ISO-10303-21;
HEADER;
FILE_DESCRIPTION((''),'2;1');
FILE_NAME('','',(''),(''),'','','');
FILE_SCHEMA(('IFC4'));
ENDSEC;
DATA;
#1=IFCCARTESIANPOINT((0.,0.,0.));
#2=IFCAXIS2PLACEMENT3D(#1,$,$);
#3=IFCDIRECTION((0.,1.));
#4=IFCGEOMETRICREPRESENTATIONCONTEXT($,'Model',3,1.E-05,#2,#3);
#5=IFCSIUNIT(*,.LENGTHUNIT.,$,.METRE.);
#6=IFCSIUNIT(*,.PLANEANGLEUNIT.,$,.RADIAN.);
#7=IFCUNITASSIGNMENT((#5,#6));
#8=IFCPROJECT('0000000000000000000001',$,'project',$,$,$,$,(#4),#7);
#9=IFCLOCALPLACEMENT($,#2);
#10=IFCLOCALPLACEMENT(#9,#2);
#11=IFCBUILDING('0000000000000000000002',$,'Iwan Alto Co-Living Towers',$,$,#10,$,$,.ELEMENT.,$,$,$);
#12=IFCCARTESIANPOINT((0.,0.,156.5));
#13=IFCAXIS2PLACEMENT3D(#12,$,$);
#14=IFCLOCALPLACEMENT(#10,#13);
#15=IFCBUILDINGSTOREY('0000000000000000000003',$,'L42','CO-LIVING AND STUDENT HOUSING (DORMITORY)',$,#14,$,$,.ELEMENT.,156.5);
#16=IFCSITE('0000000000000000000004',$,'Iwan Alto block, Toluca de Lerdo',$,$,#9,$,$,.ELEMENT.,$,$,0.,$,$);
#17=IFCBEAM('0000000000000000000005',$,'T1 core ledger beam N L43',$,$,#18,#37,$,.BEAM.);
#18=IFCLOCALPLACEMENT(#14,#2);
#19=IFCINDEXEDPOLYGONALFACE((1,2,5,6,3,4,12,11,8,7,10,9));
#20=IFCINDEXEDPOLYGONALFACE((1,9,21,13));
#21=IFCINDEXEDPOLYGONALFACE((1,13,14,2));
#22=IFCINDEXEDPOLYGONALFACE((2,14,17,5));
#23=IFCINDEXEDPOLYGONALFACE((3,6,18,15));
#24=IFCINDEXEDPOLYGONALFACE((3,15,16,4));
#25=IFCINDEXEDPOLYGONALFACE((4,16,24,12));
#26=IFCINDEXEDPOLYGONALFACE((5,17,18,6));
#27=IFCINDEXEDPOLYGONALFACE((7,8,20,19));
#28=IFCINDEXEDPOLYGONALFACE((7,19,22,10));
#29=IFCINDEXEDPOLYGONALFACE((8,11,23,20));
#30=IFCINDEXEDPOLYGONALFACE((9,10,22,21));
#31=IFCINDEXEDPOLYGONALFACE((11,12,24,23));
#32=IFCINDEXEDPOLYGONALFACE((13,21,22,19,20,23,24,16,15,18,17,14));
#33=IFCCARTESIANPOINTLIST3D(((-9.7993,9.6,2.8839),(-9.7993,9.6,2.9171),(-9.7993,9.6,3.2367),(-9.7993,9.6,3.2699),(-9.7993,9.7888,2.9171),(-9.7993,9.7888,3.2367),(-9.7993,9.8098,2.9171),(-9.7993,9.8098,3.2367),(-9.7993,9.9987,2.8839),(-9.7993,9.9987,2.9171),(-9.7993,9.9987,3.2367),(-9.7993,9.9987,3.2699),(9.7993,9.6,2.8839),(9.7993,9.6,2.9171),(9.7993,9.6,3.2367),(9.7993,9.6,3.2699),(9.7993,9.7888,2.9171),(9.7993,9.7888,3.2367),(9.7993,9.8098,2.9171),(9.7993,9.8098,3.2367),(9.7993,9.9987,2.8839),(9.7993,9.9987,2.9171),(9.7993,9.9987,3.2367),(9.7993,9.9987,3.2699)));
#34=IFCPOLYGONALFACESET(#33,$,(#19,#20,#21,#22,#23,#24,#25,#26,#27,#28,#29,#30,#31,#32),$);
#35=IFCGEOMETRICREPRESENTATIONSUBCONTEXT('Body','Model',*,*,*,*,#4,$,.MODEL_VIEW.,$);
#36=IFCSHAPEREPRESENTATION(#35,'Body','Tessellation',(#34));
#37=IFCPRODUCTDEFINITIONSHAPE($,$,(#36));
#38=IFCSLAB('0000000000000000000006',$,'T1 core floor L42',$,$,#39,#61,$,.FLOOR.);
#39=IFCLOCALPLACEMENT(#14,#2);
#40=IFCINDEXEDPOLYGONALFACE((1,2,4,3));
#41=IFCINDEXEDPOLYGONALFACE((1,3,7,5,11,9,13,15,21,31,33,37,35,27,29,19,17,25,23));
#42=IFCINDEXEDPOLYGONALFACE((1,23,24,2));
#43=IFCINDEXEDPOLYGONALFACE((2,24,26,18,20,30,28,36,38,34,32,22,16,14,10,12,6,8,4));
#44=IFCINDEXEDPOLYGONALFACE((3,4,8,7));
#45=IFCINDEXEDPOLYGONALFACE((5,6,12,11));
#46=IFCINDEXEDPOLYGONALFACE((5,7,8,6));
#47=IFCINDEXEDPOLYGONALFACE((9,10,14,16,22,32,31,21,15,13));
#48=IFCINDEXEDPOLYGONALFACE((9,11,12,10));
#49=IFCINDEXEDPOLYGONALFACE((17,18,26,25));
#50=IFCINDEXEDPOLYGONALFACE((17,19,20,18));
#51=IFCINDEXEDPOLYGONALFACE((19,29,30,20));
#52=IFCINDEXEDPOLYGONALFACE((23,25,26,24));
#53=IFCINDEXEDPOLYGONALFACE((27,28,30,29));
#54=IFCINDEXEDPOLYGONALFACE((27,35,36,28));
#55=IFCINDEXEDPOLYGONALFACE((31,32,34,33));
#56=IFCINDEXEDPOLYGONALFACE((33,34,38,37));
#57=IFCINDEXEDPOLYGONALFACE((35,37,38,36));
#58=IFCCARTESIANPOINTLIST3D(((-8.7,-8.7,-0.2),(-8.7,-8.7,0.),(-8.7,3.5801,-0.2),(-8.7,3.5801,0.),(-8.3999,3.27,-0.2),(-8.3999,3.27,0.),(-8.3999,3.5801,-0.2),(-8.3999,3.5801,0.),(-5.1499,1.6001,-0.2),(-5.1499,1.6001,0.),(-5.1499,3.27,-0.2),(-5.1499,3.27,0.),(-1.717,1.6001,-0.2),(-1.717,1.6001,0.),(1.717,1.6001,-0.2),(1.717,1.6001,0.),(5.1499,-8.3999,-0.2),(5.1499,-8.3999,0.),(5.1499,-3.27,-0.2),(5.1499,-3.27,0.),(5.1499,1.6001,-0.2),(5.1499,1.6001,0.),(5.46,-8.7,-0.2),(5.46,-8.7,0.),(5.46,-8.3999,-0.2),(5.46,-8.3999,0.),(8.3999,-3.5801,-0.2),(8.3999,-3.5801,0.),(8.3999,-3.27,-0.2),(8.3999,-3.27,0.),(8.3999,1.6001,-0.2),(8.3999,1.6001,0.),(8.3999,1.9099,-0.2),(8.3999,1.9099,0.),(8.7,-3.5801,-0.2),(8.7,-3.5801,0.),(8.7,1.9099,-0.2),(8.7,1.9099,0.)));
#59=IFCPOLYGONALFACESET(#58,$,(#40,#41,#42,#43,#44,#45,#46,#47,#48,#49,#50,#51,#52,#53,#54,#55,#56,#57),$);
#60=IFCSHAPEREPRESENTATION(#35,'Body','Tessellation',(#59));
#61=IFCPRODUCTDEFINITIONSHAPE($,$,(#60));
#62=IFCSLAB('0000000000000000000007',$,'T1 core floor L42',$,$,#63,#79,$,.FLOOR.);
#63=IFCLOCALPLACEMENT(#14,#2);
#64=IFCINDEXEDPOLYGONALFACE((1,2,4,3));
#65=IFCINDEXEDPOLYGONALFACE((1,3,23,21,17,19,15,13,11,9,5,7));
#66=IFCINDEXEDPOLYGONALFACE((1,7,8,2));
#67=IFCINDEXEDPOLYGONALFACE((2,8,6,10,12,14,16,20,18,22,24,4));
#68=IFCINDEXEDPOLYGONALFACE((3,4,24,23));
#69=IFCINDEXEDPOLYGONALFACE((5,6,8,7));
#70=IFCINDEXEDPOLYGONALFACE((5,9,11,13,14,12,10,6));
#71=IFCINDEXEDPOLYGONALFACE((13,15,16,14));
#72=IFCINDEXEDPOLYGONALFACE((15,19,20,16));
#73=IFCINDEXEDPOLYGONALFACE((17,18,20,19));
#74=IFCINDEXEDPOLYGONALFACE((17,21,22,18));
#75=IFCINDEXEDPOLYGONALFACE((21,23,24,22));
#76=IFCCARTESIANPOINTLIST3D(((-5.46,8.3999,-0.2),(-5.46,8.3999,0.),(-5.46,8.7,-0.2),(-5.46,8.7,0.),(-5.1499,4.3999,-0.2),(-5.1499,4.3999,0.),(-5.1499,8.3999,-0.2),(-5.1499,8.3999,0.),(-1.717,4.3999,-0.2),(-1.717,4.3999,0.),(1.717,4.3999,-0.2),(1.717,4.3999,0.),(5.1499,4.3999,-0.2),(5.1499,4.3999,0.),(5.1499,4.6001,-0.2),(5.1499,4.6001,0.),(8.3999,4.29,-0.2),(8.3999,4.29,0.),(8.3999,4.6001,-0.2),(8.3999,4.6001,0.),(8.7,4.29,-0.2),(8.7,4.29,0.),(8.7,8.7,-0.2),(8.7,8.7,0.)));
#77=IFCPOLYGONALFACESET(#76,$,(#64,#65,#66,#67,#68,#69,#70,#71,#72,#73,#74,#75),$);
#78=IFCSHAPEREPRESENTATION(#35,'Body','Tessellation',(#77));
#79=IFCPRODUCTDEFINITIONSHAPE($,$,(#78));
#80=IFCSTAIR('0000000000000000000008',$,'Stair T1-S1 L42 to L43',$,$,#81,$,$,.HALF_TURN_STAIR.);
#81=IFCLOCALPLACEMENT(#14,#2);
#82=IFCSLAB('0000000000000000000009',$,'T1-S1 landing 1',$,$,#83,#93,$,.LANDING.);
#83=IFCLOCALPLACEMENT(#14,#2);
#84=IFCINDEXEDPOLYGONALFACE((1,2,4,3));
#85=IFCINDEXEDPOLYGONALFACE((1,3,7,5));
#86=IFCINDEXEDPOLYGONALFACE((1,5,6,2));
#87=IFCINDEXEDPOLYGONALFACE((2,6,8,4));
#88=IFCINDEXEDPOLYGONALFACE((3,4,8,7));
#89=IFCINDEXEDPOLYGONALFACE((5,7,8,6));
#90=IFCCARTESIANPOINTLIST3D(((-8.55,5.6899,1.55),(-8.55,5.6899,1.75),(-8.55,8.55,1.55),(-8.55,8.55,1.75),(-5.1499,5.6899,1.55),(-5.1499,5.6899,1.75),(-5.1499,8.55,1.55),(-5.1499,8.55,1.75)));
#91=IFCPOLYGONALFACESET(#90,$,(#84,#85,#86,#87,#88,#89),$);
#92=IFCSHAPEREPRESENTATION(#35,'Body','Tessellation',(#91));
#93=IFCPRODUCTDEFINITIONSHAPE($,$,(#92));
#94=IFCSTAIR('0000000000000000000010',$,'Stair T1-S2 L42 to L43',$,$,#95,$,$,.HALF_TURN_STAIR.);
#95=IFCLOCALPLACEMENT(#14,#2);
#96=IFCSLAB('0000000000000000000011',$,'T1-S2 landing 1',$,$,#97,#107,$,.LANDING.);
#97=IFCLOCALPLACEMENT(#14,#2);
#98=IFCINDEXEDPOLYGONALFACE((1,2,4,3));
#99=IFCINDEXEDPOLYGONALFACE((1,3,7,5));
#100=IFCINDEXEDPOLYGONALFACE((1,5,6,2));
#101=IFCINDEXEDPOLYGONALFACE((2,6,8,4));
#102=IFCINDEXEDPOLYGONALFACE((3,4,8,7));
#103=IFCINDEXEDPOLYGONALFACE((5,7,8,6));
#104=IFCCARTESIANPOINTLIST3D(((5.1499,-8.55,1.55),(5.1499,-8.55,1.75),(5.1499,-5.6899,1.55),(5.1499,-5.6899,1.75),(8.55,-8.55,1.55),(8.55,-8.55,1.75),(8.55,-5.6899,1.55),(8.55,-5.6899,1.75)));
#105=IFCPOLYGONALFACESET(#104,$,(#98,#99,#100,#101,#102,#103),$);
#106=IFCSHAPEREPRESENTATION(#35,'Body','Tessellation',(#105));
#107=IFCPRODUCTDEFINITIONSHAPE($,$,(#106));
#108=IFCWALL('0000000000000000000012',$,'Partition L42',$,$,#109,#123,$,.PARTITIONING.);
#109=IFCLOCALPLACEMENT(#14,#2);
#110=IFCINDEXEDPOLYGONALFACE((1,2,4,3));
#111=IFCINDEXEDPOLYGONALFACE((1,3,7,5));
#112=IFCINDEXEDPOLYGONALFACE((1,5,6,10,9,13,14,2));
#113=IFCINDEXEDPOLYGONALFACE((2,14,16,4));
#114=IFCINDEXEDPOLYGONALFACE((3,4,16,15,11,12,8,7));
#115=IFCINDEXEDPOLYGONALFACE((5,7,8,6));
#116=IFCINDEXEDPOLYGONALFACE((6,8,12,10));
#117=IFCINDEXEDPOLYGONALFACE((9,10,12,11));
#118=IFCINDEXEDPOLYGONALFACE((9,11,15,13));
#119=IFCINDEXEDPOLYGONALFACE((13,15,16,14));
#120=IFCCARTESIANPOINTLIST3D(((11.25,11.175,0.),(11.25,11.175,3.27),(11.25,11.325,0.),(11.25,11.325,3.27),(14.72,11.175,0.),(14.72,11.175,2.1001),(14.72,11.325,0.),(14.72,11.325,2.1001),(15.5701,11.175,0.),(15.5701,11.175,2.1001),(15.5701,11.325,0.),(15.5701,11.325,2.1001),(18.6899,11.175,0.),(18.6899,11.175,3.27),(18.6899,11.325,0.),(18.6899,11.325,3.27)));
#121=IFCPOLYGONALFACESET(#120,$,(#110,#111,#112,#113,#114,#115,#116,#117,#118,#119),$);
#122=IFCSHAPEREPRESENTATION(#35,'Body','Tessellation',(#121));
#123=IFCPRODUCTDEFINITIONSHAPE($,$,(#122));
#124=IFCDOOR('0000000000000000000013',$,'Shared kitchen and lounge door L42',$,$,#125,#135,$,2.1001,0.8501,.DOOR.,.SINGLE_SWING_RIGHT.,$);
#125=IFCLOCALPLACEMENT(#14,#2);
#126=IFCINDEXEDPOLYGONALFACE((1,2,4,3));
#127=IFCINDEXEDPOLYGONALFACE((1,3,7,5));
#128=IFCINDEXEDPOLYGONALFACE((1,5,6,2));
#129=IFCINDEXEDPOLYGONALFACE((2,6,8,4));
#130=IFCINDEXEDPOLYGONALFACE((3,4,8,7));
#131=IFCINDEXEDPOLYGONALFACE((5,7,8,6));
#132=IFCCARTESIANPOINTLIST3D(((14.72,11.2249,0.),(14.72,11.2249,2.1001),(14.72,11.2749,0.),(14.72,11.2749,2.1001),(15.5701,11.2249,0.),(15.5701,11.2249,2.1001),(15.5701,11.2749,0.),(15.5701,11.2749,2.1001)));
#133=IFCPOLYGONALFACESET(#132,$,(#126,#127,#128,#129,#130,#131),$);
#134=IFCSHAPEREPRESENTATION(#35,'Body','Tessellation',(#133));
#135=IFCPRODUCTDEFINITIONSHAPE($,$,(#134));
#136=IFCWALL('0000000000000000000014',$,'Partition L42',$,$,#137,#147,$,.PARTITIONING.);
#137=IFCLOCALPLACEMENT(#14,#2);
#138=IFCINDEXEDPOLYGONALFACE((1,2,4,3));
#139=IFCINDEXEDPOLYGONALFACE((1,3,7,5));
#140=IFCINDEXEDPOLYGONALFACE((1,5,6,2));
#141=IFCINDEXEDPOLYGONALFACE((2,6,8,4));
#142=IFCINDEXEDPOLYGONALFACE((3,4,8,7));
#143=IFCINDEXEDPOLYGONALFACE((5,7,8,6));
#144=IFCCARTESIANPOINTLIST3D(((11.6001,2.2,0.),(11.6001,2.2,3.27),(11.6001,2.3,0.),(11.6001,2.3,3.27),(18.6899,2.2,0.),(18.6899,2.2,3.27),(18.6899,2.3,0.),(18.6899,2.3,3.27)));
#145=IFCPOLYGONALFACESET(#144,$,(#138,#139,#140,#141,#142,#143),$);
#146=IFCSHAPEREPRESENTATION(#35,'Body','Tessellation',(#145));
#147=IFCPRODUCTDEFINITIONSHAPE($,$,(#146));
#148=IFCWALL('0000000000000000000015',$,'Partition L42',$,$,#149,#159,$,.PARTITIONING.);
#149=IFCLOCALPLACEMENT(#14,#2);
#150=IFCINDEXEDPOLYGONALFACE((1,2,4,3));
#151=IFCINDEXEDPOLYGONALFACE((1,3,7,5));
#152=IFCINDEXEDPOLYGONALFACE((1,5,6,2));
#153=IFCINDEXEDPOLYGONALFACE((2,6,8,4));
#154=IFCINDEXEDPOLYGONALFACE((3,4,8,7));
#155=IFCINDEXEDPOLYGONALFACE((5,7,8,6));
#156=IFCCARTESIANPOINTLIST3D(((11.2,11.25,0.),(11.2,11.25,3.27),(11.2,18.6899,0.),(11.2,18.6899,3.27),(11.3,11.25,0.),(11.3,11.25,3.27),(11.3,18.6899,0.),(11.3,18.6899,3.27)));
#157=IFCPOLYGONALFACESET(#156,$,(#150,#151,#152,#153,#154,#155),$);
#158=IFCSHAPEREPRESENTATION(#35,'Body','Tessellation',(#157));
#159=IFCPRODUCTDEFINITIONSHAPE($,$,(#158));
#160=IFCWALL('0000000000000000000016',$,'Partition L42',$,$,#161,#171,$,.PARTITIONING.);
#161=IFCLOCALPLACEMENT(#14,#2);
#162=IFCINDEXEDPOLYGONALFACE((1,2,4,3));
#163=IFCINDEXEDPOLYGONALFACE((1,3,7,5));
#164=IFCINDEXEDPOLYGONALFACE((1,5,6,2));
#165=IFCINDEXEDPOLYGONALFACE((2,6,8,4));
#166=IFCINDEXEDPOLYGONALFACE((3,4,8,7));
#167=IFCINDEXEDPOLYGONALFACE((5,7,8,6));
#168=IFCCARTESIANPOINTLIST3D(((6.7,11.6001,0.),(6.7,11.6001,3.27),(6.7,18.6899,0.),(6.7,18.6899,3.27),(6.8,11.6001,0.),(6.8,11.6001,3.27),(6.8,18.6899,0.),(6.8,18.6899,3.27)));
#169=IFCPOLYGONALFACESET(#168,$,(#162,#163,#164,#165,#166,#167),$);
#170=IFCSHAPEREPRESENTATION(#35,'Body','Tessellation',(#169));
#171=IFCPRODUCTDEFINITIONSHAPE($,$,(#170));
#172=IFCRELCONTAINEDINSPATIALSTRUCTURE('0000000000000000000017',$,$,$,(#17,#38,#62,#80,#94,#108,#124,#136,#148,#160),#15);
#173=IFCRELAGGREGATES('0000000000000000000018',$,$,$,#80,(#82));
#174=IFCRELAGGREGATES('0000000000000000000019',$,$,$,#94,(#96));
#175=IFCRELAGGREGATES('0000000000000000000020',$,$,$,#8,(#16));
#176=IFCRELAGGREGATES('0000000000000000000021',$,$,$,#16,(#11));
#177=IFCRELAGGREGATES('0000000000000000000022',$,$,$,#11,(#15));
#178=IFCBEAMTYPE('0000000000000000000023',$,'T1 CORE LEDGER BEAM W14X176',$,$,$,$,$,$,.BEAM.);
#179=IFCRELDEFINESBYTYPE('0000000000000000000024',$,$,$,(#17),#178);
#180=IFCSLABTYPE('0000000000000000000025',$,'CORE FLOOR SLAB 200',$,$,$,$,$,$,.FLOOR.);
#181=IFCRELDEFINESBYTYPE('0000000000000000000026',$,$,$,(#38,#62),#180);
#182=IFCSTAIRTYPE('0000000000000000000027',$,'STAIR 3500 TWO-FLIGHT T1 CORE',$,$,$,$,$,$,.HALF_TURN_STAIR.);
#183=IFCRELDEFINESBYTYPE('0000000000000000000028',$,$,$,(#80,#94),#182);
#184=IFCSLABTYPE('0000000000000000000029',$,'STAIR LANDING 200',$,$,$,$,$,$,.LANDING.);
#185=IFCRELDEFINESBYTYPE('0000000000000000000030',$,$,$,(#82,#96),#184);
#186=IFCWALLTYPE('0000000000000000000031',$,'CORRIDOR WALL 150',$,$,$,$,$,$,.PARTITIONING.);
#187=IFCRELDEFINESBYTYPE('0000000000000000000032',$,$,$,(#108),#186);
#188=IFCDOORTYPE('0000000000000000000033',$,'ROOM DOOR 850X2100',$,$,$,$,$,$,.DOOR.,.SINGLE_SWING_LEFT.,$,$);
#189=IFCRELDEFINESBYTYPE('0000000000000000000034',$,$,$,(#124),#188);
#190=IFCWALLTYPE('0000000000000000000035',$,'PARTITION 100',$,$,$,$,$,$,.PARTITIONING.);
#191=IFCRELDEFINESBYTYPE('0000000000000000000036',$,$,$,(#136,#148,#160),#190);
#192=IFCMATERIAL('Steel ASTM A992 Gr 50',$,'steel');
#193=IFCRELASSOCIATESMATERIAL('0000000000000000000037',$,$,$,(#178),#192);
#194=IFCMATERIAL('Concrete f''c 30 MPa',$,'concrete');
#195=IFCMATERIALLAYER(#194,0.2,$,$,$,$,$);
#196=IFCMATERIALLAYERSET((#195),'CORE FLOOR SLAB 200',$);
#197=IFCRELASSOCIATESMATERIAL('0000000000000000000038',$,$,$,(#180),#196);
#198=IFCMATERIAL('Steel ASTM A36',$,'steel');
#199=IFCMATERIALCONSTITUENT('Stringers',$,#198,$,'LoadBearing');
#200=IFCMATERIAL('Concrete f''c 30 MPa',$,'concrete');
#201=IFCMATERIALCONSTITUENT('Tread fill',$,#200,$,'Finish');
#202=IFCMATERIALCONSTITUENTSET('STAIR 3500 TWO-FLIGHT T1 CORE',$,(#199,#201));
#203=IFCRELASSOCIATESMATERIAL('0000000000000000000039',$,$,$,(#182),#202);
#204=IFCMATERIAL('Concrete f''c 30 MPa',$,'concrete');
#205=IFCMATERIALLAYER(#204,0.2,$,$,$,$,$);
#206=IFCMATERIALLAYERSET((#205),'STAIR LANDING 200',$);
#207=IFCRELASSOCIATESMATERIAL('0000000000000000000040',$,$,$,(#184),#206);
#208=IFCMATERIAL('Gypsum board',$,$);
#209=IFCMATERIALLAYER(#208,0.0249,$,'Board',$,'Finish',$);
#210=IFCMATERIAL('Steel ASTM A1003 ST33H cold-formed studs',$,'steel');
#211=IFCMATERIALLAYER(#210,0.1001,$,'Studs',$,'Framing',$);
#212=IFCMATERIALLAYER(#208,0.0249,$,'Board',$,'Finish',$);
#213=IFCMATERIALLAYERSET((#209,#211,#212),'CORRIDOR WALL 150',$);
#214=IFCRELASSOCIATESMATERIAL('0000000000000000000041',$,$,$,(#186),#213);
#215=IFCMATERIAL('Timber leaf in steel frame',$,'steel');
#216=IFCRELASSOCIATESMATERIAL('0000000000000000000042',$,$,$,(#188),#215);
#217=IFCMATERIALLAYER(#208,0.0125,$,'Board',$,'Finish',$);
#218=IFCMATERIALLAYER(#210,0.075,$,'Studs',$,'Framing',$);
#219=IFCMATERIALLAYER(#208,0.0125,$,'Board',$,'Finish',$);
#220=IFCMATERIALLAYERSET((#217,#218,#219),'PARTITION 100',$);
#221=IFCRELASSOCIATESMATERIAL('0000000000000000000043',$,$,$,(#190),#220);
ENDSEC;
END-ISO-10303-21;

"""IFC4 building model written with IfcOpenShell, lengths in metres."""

from ifc_helpers import new_model, si_unit, direction, frame, frame_2d, origin, origin_2d, place, context, subcontext, project, spatial, polyline, rectangle, i_section, outline, extrude, material, layer, layer_set, constituent, constituent_set, material_profile, profile_set, type_object, element, fill, aggregate, save


model = new_model("IFC4")

# Units and contexts
model_context = context("Model", 3, precision=1e-05, world=origin(), true_north=direction((0.0, 1.0)))
body_context = subcontext(model_context, "Body", "Model", "MODEL_VIEW")
ifc_project = project(units=[si_unit("LENGTHUNIT", "METRE"), si_unit("PLANEANGLEUNIT", "RADIAN")], contexts=[model_context])

# Site, building, storey
site_placement = place(None, origin())
site = spatial("IfcSite", under=ifc_project, at=site_placement, Name="Iwan Alto block, Toluca de Lerdo", CompositionType="ELEMENT", RefElevation=0.0)
building_placement = place(site_placement, origin())
building = spatial("IfcBuilding", under=site, at=building_placement, Name="Iwan Alto Co-Living Towers", CompositionType="ELEMENT")
storey_placement = place(building_placement, frame((0.0, 0.0, 156.5)))
storey = spatial("IfcBuildingStorey", under=building, at=storey_placement, Name="L42", Description="CO-LIVING AND STUDENT HOUSING (DORMITORY)", CompositionType="ELEMENT", Elevation=156.5)

# Beam
ifc_material_1 = material(Name="Steel ASTM A992 Gr 50", Category="steel")
ifc_material_profile = material_profile(ifc_material_1, i_section(OverallWidth=0.3987, OverallDepth=0.386, WebThickness=0.021, FlangeThickness=0.0332, at=origin_2d()), Name="W14X176")
ifc_profile_set = profile_set([ifc_material_profile], Name="Steel ASTM A992 Gr 50")
beam_type = type_object("IfcBeamType", Name="T1 CORE LEDGER BEAM W14X176", PredefinedType="BEAM", material=ifc_profile_set)
beam_placement = place(storey_placement, frame((9.7993, 9.7993, 3.0769), z_axis=(-1.0, 0.0, 0.0), x_axis=(0.0, -1.0, 0.0)))
element("IfcBeam", 1, at=beam_placement, inside=storey, type_object=beam_type, Name="T1 core ledger beam N L43", PredefinedType="BEAM", context=body_context, shape_type="SweptSolid", body=[
    extrude(i_section(OverallWidth=0.3987, OverallDepth=0.386, WebThickness=0.021, FlangeThickness=0.0332, at=origin_2d()), origin(), (0.0, 0.0, 1.0), 19.5986),
])

# Slabs
ifc_material_2 = material(Name="Concrete f'c 30 MPa", Category="concrete")
ifc_layer_1 = layer(ifc_material_2, 0.2)
ifc_layer_set_1 = layer_set([ifc_layer_1], Name="CORE FLOOR SLAB 200")
slab_type_1 = type_object("IfcSlabType", Name="CORE FLOOR SLAB 200", PredefinedType="FLOOR", material=ifc_layer_set_1)
slab_1_placement = place(storey_placement, frame((0.0, 0.0, -0.2)))
element("IfcSlab", 2, at=slab_1_placement, inside=storey, type_object=slab_type_1, Name="T1 core floor L42", PredefinedType="FLOOR", context=body_context, shape_type="SweptSolid", body=[
    extrude(outline(polyline([(5.1499, -8.3999), (5.46, -8.3999), (5.46, -8.7), (-8.7, -8.7), (-8.7, 3.5801), (-8.3999, 3.5801), (-8.3999, 3.27), (-5.1499, 3.27), (-5.1499, 1.6001), (-1.717, 1.6001), (1.717, 1.6001), (5.1499, 1.6001), (8.3999, 1.6001), (8.3999, 1.9099), (8.7, 1.9099), (8.7, -3.5801), (8.3999, -3.5801), (8.3999, -3.27), (5.1499, -3.27), (5.1499, -8.3999)])), origin(), (0.0, 0.0, 1.0), 0.2),
])
slab_2_placement = place(storey_placement, frame((0.0, 0.0, -0.2)))
element("IfcSlab", 3, at=slab_2_placement, inside=storey, type_object=slab_type_1, Name="T1 core floor L42", PredefinedType="FLOOR", context=body_context, shape_type="SweptSolid", body=[
    extrude(outline(polyline([(1.717, 4.3999), (-1.717, 4.3999), (-5.1499, 4.3999), (-5.1499, 8.3999), (-5.46, 8.3999), (-5.46, 8.7), (8.7, 8.7), (8.7, 4.29), (8.3999, 4.29), (8.3999, 4.6001), (5.1499, 4.6001), (5.1499, 4.3999), (1.717, 4.3999)])), origin(), (0.0, 0.0, 1.0), 0.2),
])

# Stairs, slabs
ifc_material_3 = material(Name="Steel ASTM A36", Category="steel")
ifc_constituent_1 = constituent(ifc_material_3, Name="Stringers", Category="LoadBearing")
ifc_material_4 = material(Name="Concrete f'c 30 MPa", Category="concrete")
ifc_constituent_2 = constituent(ifc_material_4, Name="Tread fill", Category="Finish")
ifc_constituent_set = constituent_set(constituents=[ifc_constituent_1, ifc_constituent_2], Name="STAIR 3500 TWO-FLIGHT T1 CORE")
stair_type = type_object("IfcStairType", Name="STAIR 3500 TWO-FLIGHT T1 CORE", PredefinedType="HALF_TURN_STAIR", material=ifc_constituent_set)
stair_1_placement = place(storey_placement, origin())
stair_1 = element("IfcStair", 4, at=stair_1_placement, inside=storey, type_object=stair_type, Name="Stair T1-S1 L42 to L43", PredefinedType="HALF_TURN_STAIR")
ifc_material_5 = material(Name="Concrete f'c 30 MPa", Category="concrete")
ifc_layer_2 = layer(ifc_material_5, 0.2)
ifc_layer_set_2 = layer_set([ifc_layer_2], Name="STAIR LANDING 200")
slab_type_2 = type_object("IfcSlabType", Name="STAIR LANDING 200", PredefinedType="LANDING", material=ifc_layer_set_2)
slab_3_placement = place(storey_placement, frame((0.0, 0.0, 1.55)))
slab_3 = element("IfcSlab", 5, at=slab_3_placement, type_object=slab_type_2, Name="T1-S1 landing 1", PredefinedType="LANDING", context=body_context, shape_type="SweptSolid", body=[
    extrude(outline(polyline([(-8.55, 5.6899), (-8.55, 8.55), (-5.1499, 8.55), (-5.1499, 5.6899), (-8.55, 5.6899)])), origin(), (0.0, 0.0, 1.0), 0.2),
])
aggregate(stair_1, [slab_3])
stair_2_placement = place(storey_placement, origin())
stair_2 = element("IfcStair", 6, at=stair_2_placement, inside=storey, type_object=stair_type, Name="Stair T1-S2 L42 to L43", PredefinedType="HALF_TURN_STAIR")
slab_4_placement = place(storey_placement, frame((0.0, 0.0, 1.55)))
slab_4 = element("IfcSlab", 7, at=slab_4_placement, type_object=slab_type_2, Name="T1-S2 landing 1", PredefinedType="LANDING", context=body_context, shape_type="SweptSolid", body=[
    extrude(outline(polyline([(5.1499, -5.6899), (5.1499, -8.55), (8.55, -8.55), (8.55, -5.6899), (5.1499, -5.6899)])), origin(), (0.0, 0.0, 1.0), 0.2),
])
aggregate(stair_2, [slab_4])

# Wall, opening, door
ifc_material_6 = material(Name="Gypsum board")
ifc_layer_3 = layer(ifc_material_6, 0.0249, Name="Board", Category="Finish")
ifc_material_7 = material(Name="Steel ASTM A1003 ST33H cold-formed studs", Category="steel")
ifc_layer_4 = layer(ifc_material_7, 0.1001, Name="Studs", Category="Framing")
ifc_layer_5 = layer(ifc_material_6, 0.0249, Name="Board", Category="Finish")
ifc_layer_set_3 = layer_set([ifc_layer_3, ifc_layer_4, ifc_layer_5], Name="CORRIDOR WALL 150")
wall_type_1 = type_object("IfcWallType", Name="CORRIDOR WALL 150", PredefinedType="PARTITIONING", material=ifc_layer_set_3)
wall_1_placement = place(storey_placement, frame((11.25, 11.25, 0.0), z_axis=(0.0, 0.0, 1.0), x_axis=(1.0, 0.0, 0.0)))
wall_1 = element("IfcWall", 8, at=wall_1_placement, inside=storey, type_object=wall_type_1, Name="Partition L42", PredefinedType="PARTITIONING", context=body_context, shape_type="SweptSolid", body=[
    extrude(rectangle(XDim=7.4399, YDim=0.1499, at=frame_2d((3.72, 0.0))), origin(), (0.0, 0.0, 1.0), 3.27),
])
opening_1_placement = place(wall_1_placement, frame((3.47, 0.0, 0.0)))
opening_1 = element("IfcOpeningElement", 9, at=opening_1_placement, cuts=wall_1, PredefinedType="OPENING", context=body_context, shape_type="SweptSolid", body=[
    extrude(rectangle(XDim=0.8501, YDim=2.1001, at=frame_2d((0.425, 1.05))), frame((0.0, 0.085, 0.0), z_axis=(0.0, -1.0, 0.0), x_axis=(1.0, 0.0, 0.0)), (0.0, 0.0, 1.0), 0.1699),
])
ifc_material_8 = material(Name="Timber leaf in steel frame", Category="steel")
door_type_1 = type_object("IfcDoorType", Name="ROOM DOOR 850X2100", OperationType="SINGLE_SWING_LEFT", PredefinedType="DOOR", material=ifc_material_8)
door_1_placement = place(opening_1_placement, origin())
door_1 = element("IfcDoor", 10, at=door_1_placement, inside=storey, type_object=door_type_1, Name="Shared kitchen and lounge door L42", OperationType="SINGLE_SWING_RIGHT", OverallHeight=2.1001, OverallWidth=0.8501, PredefinedType="DOOR", context=body_context, shape_type="SweptSolid", body=[
    extrude(rectangle(XDim=0.8501, YDim=2.1001, at=frame_2d((0.425, 1.05))), frame((0.0, 0.0249, 0.0), z_axis=(0.0, -1.0, 0.0), x_axis=(1.0, 0.0, 0.0)), (0.0, 0.0, 1.0), 0.05),
])
fill(opening_1, door_1)

# Walls
ifc_layer_6 = layer(ifc_material_6, 0.0125, Name="Board", Category="Finish")
ifc_layer_7 = layer(ifc_material_7, 0.075, Name="Studs", Category="Framing")
ifc_layer_8 = layer(ifc_material_6, 0.0125, Name="Board", Category="Finish")
ifc_layer_set_4 = layer_set([ifc_layer_6, ifc_layer_7, ifc_layer_8], Name="PARTITION 100")
wall_type_2 = type_object("IfcWallType", Name="PARTITION 100", PredefinedType="PARTITIONING", material=ifc_layer_set_4)
wall_2_placement = place(storey_placement, frame((11.6001, 2.25, 0.0), z_axis=(0.0, 0.0, 1.0), x_axis=(1.0, 0.0, 0.0)))
element("IfcWall", 11, at=wall_2_placement, inside=storey, type_object=wall_type_2, Name="Partition L42", PredefinedType="PARTITIONING", context=body_context, shape_type="SweptSolid", body=[
    extrude(rectangle(XDim=7.0898, YDim=0.1001, at=frame_2d((3.5449, 0.0))), origin(), (0.0, 0.0, 1.0), 3.27),
])
wall_3_placement = place(storey_placement, frame((11.25, 11.25, 0.0), z_axis=(0.0, 0.0, 1.0), x_axis=(0.0, 1.0, 0.0)))
element("IfcWall", 12, at=wall_3_placement, inside=storey, type_object=wall_type_2, Name="Partition L42", PredefinedType="PARTITIONING", context=body_context, shape_type="SweptSolid", body=[
    extrude(rectangle(XDim=7.4399, YDim=0.1001, at=frame_2d((3.72, 0.0))), origin(), (0.0, 0.0, 1.0), 3.27),
])
for number, where, z_axis, x_axis, name in (
    (13, (6.75, 11.6001, 0.0), (0.0, 0.0, 1.0), (0.0, 1.0, 0.0), "Partition L42"),
):
    element("IfcWall", number, at=place(storey_placement, frame(where, z_axis=z_axis, x_axis=x_axis)), inside=storey, type_object=wall_type_2, Name=name, PredefinedType="PARTITIONING", context=body_context, shape_type="SweptSolid", body=[
        extrude(rectangle(XDim=7.0898, YDim=0.1001, at=frame_2d((3.5449, 0.0))), origin(), (0.0, 0.0, 1.0), 3.27),
    ])

save(model, "model.ifc")
